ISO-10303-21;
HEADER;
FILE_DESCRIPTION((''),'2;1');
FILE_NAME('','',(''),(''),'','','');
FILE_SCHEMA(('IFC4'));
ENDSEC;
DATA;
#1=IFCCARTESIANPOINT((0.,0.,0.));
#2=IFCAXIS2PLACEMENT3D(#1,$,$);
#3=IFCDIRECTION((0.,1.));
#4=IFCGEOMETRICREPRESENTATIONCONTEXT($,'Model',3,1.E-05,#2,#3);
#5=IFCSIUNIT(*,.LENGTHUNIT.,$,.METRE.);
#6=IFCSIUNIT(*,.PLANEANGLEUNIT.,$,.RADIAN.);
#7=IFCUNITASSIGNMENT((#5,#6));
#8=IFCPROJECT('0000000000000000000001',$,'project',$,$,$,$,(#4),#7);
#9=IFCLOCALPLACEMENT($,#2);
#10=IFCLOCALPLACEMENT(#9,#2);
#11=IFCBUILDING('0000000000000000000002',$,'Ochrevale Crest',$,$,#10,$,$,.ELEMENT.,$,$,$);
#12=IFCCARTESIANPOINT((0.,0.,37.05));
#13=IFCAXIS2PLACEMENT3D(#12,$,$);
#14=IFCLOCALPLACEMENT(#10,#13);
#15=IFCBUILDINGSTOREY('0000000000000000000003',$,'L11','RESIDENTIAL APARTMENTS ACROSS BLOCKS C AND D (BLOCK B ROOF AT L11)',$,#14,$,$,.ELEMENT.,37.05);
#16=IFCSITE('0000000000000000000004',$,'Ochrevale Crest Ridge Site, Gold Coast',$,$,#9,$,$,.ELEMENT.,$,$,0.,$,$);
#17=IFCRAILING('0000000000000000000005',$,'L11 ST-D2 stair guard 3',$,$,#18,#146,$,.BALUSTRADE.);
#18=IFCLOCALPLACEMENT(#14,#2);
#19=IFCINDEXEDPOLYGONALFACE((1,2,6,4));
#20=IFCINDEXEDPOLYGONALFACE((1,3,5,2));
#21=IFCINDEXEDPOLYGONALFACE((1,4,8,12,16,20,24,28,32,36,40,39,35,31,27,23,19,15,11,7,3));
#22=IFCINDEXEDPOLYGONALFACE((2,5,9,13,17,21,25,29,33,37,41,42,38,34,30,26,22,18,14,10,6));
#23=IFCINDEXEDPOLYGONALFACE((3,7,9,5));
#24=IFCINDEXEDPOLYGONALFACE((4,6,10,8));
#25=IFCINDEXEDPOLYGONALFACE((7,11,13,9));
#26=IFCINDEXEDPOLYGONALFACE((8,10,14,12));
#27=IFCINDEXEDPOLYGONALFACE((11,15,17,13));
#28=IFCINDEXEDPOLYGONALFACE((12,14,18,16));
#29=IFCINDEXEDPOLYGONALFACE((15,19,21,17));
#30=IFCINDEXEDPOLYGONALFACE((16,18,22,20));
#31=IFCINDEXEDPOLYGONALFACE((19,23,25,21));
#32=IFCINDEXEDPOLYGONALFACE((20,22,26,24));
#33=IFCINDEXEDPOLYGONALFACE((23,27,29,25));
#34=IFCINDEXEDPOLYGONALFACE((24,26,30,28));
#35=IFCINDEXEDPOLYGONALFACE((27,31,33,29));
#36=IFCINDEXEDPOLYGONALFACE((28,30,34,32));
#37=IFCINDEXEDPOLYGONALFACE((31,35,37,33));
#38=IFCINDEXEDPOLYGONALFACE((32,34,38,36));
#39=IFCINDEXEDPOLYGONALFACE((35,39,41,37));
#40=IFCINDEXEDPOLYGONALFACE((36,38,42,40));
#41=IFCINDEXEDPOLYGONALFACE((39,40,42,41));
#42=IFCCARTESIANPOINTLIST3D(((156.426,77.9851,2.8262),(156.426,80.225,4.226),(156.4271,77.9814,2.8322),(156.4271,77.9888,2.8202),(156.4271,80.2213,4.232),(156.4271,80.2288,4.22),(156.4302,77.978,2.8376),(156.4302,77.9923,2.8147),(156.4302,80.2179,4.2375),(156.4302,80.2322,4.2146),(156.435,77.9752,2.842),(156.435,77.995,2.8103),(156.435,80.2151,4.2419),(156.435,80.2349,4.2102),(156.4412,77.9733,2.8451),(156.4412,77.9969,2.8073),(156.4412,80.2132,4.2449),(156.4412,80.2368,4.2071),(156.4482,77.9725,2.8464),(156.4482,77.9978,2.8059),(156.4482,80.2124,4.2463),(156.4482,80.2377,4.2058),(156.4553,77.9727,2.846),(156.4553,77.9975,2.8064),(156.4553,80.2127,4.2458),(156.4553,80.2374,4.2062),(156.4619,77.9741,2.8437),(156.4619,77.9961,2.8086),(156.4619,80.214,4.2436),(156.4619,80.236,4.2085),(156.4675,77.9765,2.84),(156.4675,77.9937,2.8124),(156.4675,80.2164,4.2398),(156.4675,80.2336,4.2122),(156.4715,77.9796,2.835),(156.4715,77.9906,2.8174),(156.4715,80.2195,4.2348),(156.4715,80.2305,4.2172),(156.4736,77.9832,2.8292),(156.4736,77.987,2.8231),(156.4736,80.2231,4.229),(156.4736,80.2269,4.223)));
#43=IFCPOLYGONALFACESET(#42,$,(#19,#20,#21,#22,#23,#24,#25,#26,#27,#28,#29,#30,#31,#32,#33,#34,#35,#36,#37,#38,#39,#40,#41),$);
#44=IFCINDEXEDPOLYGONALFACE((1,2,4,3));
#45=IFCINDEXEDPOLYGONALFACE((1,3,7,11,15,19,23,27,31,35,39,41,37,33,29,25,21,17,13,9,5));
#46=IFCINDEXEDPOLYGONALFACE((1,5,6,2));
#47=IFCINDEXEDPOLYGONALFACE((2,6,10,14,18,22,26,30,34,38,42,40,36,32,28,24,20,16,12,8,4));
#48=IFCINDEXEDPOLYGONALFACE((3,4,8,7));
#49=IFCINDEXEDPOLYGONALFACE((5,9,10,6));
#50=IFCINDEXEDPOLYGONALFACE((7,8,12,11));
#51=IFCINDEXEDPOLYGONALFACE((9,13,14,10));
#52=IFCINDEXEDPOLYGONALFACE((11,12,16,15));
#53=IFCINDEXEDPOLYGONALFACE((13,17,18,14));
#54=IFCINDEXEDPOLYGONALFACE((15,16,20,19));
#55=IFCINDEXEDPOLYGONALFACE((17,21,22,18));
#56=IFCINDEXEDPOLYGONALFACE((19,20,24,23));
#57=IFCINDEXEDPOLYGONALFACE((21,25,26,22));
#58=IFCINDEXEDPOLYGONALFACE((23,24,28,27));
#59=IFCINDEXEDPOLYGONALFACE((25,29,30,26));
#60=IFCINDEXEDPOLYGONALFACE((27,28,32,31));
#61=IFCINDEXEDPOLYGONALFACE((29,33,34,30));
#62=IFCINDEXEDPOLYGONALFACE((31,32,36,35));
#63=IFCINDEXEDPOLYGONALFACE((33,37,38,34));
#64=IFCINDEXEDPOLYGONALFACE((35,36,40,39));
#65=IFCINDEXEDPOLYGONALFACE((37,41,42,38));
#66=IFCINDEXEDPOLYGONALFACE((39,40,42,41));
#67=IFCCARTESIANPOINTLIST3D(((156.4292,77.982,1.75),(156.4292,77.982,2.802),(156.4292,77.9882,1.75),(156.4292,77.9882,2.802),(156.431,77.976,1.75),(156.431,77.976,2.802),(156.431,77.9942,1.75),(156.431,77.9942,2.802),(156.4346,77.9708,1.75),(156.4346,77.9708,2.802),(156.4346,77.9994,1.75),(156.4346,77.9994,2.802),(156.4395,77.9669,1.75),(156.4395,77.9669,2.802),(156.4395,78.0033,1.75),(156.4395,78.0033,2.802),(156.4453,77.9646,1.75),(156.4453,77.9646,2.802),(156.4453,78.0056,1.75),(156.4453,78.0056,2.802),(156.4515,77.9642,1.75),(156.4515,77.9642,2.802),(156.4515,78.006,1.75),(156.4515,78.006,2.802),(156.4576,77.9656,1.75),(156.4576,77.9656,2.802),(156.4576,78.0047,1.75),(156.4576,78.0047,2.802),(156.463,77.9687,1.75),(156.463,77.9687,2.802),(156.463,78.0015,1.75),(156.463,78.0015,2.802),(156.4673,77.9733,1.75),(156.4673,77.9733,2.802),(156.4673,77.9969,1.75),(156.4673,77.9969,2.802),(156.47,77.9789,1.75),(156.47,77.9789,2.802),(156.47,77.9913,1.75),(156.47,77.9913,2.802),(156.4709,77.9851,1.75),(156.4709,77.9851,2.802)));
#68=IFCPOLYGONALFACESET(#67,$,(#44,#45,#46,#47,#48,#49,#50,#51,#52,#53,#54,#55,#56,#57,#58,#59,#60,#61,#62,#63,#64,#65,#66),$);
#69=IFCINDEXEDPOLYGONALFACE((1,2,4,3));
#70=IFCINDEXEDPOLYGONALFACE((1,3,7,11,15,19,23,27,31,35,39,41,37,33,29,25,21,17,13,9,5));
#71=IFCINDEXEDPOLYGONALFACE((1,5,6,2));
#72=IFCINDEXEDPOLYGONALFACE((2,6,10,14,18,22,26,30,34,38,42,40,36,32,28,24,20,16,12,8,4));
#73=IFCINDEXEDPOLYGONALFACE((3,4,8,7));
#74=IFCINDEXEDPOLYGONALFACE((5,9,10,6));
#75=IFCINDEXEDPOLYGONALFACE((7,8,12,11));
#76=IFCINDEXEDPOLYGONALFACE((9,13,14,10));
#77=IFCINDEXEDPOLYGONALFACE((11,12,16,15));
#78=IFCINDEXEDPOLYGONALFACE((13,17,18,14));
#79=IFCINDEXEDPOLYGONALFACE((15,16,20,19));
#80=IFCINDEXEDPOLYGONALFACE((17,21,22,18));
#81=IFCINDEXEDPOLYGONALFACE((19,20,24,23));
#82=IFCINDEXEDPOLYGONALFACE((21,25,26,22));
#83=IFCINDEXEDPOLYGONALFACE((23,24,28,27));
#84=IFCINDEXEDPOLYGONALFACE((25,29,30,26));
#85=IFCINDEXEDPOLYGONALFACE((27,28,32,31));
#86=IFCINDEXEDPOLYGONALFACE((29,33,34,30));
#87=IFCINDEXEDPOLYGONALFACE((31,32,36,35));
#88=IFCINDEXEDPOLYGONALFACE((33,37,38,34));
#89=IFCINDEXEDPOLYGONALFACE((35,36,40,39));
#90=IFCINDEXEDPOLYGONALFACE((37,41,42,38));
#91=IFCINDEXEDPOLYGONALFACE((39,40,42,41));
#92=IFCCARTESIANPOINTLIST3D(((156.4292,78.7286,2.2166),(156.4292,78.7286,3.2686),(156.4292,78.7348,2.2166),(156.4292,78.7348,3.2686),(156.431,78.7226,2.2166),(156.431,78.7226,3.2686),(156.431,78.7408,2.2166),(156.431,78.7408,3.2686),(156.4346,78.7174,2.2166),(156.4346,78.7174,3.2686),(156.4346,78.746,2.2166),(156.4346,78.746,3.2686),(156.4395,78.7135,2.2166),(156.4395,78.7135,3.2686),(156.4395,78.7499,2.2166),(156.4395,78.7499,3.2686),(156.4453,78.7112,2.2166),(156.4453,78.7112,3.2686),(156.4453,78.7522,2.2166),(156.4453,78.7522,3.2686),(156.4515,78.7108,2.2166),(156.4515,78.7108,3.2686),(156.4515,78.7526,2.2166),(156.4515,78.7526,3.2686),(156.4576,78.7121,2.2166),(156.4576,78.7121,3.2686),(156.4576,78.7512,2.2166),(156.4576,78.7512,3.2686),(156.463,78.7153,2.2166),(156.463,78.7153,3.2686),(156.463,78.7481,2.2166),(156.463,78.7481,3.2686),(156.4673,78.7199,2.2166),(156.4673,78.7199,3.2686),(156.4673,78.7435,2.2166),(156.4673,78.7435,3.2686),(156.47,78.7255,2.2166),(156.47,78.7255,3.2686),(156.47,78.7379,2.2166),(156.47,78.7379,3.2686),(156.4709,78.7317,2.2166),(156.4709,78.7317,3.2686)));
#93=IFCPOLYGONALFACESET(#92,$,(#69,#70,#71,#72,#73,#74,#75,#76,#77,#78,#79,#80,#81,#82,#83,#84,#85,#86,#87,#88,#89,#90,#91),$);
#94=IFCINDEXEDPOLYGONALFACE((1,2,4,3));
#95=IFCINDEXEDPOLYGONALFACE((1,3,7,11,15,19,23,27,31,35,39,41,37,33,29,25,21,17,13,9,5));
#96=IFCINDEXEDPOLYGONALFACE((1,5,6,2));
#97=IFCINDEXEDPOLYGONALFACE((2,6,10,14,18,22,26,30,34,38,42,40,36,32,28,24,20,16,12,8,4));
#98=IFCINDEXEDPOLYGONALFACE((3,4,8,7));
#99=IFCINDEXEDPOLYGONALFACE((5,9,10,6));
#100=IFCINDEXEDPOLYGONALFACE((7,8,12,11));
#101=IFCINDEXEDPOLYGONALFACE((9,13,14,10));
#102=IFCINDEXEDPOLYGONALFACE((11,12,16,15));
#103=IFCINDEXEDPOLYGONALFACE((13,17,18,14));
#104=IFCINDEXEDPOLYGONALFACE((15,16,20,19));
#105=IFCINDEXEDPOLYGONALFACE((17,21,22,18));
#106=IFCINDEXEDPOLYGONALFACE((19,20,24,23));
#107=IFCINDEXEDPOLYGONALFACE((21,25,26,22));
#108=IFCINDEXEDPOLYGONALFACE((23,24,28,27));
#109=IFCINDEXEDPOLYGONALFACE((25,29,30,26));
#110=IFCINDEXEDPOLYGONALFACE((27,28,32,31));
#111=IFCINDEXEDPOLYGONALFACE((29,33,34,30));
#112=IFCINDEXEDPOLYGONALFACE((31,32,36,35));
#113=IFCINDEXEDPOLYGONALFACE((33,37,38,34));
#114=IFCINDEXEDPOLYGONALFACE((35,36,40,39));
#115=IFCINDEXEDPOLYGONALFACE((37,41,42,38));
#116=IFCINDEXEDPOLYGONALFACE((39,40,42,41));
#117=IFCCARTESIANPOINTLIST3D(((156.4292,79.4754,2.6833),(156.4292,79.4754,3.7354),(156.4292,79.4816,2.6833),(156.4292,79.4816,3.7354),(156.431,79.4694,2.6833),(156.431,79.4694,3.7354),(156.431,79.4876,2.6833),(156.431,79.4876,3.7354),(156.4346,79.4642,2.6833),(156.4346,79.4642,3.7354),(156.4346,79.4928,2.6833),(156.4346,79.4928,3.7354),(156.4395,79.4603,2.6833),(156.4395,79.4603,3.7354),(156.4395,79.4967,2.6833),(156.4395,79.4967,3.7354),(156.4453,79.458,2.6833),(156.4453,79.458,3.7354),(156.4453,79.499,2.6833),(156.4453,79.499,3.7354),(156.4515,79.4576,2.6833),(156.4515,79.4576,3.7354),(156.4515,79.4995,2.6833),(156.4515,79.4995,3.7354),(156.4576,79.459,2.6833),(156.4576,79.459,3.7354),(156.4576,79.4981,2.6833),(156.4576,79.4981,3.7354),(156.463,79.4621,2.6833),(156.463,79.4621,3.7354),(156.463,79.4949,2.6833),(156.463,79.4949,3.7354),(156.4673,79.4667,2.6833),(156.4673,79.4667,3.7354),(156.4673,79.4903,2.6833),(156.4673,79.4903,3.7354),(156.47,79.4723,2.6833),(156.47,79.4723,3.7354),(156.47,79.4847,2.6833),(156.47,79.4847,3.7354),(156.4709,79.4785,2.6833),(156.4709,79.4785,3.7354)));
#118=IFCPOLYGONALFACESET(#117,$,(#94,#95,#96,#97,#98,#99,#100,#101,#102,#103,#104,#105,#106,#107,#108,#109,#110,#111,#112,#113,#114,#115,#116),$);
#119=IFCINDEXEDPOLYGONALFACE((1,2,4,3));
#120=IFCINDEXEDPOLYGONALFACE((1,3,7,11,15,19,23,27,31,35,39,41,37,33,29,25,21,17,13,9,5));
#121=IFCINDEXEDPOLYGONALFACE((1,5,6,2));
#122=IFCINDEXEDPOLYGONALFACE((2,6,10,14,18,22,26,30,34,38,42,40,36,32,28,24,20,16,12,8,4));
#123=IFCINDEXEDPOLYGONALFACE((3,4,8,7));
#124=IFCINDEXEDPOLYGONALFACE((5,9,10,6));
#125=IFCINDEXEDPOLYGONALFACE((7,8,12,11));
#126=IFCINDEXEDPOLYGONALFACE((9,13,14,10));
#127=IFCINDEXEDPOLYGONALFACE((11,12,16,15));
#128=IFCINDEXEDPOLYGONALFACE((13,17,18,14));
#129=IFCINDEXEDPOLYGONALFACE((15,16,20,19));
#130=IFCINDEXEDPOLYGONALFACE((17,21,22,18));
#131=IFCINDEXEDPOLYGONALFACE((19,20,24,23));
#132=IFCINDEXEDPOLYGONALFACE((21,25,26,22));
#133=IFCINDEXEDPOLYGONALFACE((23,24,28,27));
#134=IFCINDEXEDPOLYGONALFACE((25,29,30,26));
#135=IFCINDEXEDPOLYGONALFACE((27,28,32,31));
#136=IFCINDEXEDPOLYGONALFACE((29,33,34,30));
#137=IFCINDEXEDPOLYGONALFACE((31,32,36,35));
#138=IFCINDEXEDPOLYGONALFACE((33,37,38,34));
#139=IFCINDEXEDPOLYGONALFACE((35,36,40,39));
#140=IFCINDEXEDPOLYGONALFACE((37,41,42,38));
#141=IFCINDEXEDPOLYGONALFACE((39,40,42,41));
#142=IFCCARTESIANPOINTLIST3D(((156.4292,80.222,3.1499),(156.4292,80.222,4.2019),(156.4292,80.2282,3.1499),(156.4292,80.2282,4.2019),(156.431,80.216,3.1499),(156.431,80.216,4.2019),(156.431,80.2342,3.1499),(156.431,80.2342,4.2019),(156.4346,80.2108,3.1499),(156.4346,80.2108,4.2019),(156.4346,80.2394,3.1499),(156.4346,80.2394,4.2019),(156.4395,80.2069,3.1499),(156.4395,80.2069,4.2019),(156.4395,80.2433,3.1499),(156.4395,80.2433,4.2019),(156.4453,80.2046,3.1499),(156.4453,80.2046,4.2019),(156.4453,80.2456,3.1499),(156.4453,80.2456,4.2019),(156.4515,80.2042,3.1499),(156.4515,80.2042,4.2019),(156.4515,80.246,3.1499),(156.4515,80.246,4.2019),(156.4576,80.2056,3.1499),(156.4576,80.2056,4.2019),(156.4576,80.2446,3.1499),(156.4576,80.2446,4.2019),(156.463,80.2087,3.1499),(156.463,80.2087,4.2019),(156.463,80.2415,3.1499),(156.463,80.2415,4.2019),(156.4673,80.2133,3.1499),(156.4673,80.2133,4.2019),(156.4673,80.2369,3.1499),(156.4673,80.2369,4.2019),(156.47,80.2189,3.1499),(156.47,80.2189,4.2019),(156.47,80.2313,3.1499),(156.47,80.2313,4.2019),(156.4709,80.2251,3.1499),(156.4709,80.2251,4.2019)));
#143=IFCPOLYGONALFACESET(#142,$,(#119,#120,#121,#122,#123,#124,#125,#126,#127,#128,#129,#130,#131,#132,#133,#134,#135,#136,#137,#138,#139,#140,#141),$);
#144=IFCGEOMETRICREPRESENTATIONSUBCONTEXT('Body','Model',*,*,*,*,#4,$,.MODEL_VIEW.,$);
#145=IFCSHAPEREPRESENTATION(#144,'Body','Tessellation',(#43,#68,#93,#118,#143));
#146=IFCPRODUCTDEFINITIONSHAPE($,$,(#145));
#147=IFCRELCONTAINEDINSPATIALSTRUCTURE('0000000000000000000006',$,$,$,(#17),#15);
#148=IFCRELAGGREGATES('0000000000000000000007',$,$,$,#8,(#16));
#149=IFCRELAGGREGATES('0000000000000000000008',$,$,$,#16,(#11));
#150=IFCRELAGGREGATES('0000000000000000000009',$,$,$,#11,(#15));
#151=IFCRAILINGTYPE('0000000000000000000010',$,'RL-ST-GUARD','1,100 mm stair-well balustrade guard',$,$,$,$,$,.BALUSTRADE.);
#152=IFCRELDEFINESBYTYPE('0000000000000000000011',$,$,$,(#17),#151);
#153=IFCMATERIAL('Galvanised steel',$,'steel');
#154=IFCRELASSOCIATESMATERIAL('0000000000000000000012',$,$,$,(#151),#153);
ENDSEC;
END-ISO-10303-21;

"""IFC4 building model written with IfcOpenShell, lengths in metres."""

from ifc_helpers import new_model, si_unit, direction, frame, origin, origin_2d, place, context, subcontext, project, spatial, circle, extrude, material, type_object, element, save


model = new_model("IFC4")

# Units and contexts
model_context = context("Model", 3, precision=1e-05, world=origin(), true_north=direction((0.0, 1.0)))
body_context = subcontext(model_context, "Body", "Model", "MODEL_VIEW")
ifc_project = project(units=[si_unit("LENGTHUNIT", "METRE"), si_unit("PLANEANGLEUNIT", "RADIAN")], contexts=[model_context])

# Site, building, storey
site_placement = place(None, origin())
site = spatial("IfcSite", under=ifc_project, at=site_placement, Name="Ochrevale Crest Ridge Site, Gold Coast", CompositionType="ELEMENT", RefElevation=0.0)
building_placement = place(site_placement, origin())
building = spatial("IfcBuilding", under=site, at=building_placement, Name="Ochrevale Crest", CompositionType="ELEMENT")
storey_placement = place(building_placement, frame((0.0, 0.0, 37.05)))
storey = spatial("IfcBuildingStorey", under=building, at=storey_placement, Name="L11", Description="RESIDENTIAL APARTMENTS ACROSS BLOCKS C AND D (BLOCK B ROOF AT L11)", CompositionType="ELEMENT", Elevation=37.05)

# Railing
ifc_material_1 = material(Name="Galvanised steel", Category="steel")
railing_type_1 = type_object("IfcRailingType", Name="RL-ST-GUARD", Description="1,100 mm stair-well balustrade guard", PredefinedType="BALUSTRADE", material=ifc_material_1)
railing_1_placement = place(storey_placement, frame((156.45, 77.9851, 1.75)))
element("IfcRailing", 1, at=railing_1_placement, inside=storey, type_object=railing_type_1, Name="L11 ST-D2 stair guard 3", PredefinedType="BALUSTRADE", context=body_context, shape_type="SweptSolid", body=[
    extrude(circle(Radius=0.0239, at=origin_2d()), frame((0.0, 0.0, 1.0762), z_axis=(0.0, 0.848014, 0.529974), x_axis=(-1.0, 0.0, 0.0)), (0.0, 0.0, 1.0), 2.6414),
    extrude(circle(Radius=0.021, at=origin_2d()), origin(), (0.0, 0.0, 1.0), 1.052),
    extrude(circle(Radius=0.021, at=origin_2d()), frame((0.0, 0.7466, 0.4666)), (0.0, 0.0, 1.0), 1.052),
    extrude(circle(Radius=0.021, at=origin_2d()), frame((0.0, 1.4934, 0.9333)), (0.0, 0.0, 1.0), 1.052),
    extrude(circle(Radius=0.021, at=origin_2d()), frame((0.0, 2.24, 1.3999)), (0.0, 0.0, 1.0), 1.052),
])

save(model, "model.ifc")
